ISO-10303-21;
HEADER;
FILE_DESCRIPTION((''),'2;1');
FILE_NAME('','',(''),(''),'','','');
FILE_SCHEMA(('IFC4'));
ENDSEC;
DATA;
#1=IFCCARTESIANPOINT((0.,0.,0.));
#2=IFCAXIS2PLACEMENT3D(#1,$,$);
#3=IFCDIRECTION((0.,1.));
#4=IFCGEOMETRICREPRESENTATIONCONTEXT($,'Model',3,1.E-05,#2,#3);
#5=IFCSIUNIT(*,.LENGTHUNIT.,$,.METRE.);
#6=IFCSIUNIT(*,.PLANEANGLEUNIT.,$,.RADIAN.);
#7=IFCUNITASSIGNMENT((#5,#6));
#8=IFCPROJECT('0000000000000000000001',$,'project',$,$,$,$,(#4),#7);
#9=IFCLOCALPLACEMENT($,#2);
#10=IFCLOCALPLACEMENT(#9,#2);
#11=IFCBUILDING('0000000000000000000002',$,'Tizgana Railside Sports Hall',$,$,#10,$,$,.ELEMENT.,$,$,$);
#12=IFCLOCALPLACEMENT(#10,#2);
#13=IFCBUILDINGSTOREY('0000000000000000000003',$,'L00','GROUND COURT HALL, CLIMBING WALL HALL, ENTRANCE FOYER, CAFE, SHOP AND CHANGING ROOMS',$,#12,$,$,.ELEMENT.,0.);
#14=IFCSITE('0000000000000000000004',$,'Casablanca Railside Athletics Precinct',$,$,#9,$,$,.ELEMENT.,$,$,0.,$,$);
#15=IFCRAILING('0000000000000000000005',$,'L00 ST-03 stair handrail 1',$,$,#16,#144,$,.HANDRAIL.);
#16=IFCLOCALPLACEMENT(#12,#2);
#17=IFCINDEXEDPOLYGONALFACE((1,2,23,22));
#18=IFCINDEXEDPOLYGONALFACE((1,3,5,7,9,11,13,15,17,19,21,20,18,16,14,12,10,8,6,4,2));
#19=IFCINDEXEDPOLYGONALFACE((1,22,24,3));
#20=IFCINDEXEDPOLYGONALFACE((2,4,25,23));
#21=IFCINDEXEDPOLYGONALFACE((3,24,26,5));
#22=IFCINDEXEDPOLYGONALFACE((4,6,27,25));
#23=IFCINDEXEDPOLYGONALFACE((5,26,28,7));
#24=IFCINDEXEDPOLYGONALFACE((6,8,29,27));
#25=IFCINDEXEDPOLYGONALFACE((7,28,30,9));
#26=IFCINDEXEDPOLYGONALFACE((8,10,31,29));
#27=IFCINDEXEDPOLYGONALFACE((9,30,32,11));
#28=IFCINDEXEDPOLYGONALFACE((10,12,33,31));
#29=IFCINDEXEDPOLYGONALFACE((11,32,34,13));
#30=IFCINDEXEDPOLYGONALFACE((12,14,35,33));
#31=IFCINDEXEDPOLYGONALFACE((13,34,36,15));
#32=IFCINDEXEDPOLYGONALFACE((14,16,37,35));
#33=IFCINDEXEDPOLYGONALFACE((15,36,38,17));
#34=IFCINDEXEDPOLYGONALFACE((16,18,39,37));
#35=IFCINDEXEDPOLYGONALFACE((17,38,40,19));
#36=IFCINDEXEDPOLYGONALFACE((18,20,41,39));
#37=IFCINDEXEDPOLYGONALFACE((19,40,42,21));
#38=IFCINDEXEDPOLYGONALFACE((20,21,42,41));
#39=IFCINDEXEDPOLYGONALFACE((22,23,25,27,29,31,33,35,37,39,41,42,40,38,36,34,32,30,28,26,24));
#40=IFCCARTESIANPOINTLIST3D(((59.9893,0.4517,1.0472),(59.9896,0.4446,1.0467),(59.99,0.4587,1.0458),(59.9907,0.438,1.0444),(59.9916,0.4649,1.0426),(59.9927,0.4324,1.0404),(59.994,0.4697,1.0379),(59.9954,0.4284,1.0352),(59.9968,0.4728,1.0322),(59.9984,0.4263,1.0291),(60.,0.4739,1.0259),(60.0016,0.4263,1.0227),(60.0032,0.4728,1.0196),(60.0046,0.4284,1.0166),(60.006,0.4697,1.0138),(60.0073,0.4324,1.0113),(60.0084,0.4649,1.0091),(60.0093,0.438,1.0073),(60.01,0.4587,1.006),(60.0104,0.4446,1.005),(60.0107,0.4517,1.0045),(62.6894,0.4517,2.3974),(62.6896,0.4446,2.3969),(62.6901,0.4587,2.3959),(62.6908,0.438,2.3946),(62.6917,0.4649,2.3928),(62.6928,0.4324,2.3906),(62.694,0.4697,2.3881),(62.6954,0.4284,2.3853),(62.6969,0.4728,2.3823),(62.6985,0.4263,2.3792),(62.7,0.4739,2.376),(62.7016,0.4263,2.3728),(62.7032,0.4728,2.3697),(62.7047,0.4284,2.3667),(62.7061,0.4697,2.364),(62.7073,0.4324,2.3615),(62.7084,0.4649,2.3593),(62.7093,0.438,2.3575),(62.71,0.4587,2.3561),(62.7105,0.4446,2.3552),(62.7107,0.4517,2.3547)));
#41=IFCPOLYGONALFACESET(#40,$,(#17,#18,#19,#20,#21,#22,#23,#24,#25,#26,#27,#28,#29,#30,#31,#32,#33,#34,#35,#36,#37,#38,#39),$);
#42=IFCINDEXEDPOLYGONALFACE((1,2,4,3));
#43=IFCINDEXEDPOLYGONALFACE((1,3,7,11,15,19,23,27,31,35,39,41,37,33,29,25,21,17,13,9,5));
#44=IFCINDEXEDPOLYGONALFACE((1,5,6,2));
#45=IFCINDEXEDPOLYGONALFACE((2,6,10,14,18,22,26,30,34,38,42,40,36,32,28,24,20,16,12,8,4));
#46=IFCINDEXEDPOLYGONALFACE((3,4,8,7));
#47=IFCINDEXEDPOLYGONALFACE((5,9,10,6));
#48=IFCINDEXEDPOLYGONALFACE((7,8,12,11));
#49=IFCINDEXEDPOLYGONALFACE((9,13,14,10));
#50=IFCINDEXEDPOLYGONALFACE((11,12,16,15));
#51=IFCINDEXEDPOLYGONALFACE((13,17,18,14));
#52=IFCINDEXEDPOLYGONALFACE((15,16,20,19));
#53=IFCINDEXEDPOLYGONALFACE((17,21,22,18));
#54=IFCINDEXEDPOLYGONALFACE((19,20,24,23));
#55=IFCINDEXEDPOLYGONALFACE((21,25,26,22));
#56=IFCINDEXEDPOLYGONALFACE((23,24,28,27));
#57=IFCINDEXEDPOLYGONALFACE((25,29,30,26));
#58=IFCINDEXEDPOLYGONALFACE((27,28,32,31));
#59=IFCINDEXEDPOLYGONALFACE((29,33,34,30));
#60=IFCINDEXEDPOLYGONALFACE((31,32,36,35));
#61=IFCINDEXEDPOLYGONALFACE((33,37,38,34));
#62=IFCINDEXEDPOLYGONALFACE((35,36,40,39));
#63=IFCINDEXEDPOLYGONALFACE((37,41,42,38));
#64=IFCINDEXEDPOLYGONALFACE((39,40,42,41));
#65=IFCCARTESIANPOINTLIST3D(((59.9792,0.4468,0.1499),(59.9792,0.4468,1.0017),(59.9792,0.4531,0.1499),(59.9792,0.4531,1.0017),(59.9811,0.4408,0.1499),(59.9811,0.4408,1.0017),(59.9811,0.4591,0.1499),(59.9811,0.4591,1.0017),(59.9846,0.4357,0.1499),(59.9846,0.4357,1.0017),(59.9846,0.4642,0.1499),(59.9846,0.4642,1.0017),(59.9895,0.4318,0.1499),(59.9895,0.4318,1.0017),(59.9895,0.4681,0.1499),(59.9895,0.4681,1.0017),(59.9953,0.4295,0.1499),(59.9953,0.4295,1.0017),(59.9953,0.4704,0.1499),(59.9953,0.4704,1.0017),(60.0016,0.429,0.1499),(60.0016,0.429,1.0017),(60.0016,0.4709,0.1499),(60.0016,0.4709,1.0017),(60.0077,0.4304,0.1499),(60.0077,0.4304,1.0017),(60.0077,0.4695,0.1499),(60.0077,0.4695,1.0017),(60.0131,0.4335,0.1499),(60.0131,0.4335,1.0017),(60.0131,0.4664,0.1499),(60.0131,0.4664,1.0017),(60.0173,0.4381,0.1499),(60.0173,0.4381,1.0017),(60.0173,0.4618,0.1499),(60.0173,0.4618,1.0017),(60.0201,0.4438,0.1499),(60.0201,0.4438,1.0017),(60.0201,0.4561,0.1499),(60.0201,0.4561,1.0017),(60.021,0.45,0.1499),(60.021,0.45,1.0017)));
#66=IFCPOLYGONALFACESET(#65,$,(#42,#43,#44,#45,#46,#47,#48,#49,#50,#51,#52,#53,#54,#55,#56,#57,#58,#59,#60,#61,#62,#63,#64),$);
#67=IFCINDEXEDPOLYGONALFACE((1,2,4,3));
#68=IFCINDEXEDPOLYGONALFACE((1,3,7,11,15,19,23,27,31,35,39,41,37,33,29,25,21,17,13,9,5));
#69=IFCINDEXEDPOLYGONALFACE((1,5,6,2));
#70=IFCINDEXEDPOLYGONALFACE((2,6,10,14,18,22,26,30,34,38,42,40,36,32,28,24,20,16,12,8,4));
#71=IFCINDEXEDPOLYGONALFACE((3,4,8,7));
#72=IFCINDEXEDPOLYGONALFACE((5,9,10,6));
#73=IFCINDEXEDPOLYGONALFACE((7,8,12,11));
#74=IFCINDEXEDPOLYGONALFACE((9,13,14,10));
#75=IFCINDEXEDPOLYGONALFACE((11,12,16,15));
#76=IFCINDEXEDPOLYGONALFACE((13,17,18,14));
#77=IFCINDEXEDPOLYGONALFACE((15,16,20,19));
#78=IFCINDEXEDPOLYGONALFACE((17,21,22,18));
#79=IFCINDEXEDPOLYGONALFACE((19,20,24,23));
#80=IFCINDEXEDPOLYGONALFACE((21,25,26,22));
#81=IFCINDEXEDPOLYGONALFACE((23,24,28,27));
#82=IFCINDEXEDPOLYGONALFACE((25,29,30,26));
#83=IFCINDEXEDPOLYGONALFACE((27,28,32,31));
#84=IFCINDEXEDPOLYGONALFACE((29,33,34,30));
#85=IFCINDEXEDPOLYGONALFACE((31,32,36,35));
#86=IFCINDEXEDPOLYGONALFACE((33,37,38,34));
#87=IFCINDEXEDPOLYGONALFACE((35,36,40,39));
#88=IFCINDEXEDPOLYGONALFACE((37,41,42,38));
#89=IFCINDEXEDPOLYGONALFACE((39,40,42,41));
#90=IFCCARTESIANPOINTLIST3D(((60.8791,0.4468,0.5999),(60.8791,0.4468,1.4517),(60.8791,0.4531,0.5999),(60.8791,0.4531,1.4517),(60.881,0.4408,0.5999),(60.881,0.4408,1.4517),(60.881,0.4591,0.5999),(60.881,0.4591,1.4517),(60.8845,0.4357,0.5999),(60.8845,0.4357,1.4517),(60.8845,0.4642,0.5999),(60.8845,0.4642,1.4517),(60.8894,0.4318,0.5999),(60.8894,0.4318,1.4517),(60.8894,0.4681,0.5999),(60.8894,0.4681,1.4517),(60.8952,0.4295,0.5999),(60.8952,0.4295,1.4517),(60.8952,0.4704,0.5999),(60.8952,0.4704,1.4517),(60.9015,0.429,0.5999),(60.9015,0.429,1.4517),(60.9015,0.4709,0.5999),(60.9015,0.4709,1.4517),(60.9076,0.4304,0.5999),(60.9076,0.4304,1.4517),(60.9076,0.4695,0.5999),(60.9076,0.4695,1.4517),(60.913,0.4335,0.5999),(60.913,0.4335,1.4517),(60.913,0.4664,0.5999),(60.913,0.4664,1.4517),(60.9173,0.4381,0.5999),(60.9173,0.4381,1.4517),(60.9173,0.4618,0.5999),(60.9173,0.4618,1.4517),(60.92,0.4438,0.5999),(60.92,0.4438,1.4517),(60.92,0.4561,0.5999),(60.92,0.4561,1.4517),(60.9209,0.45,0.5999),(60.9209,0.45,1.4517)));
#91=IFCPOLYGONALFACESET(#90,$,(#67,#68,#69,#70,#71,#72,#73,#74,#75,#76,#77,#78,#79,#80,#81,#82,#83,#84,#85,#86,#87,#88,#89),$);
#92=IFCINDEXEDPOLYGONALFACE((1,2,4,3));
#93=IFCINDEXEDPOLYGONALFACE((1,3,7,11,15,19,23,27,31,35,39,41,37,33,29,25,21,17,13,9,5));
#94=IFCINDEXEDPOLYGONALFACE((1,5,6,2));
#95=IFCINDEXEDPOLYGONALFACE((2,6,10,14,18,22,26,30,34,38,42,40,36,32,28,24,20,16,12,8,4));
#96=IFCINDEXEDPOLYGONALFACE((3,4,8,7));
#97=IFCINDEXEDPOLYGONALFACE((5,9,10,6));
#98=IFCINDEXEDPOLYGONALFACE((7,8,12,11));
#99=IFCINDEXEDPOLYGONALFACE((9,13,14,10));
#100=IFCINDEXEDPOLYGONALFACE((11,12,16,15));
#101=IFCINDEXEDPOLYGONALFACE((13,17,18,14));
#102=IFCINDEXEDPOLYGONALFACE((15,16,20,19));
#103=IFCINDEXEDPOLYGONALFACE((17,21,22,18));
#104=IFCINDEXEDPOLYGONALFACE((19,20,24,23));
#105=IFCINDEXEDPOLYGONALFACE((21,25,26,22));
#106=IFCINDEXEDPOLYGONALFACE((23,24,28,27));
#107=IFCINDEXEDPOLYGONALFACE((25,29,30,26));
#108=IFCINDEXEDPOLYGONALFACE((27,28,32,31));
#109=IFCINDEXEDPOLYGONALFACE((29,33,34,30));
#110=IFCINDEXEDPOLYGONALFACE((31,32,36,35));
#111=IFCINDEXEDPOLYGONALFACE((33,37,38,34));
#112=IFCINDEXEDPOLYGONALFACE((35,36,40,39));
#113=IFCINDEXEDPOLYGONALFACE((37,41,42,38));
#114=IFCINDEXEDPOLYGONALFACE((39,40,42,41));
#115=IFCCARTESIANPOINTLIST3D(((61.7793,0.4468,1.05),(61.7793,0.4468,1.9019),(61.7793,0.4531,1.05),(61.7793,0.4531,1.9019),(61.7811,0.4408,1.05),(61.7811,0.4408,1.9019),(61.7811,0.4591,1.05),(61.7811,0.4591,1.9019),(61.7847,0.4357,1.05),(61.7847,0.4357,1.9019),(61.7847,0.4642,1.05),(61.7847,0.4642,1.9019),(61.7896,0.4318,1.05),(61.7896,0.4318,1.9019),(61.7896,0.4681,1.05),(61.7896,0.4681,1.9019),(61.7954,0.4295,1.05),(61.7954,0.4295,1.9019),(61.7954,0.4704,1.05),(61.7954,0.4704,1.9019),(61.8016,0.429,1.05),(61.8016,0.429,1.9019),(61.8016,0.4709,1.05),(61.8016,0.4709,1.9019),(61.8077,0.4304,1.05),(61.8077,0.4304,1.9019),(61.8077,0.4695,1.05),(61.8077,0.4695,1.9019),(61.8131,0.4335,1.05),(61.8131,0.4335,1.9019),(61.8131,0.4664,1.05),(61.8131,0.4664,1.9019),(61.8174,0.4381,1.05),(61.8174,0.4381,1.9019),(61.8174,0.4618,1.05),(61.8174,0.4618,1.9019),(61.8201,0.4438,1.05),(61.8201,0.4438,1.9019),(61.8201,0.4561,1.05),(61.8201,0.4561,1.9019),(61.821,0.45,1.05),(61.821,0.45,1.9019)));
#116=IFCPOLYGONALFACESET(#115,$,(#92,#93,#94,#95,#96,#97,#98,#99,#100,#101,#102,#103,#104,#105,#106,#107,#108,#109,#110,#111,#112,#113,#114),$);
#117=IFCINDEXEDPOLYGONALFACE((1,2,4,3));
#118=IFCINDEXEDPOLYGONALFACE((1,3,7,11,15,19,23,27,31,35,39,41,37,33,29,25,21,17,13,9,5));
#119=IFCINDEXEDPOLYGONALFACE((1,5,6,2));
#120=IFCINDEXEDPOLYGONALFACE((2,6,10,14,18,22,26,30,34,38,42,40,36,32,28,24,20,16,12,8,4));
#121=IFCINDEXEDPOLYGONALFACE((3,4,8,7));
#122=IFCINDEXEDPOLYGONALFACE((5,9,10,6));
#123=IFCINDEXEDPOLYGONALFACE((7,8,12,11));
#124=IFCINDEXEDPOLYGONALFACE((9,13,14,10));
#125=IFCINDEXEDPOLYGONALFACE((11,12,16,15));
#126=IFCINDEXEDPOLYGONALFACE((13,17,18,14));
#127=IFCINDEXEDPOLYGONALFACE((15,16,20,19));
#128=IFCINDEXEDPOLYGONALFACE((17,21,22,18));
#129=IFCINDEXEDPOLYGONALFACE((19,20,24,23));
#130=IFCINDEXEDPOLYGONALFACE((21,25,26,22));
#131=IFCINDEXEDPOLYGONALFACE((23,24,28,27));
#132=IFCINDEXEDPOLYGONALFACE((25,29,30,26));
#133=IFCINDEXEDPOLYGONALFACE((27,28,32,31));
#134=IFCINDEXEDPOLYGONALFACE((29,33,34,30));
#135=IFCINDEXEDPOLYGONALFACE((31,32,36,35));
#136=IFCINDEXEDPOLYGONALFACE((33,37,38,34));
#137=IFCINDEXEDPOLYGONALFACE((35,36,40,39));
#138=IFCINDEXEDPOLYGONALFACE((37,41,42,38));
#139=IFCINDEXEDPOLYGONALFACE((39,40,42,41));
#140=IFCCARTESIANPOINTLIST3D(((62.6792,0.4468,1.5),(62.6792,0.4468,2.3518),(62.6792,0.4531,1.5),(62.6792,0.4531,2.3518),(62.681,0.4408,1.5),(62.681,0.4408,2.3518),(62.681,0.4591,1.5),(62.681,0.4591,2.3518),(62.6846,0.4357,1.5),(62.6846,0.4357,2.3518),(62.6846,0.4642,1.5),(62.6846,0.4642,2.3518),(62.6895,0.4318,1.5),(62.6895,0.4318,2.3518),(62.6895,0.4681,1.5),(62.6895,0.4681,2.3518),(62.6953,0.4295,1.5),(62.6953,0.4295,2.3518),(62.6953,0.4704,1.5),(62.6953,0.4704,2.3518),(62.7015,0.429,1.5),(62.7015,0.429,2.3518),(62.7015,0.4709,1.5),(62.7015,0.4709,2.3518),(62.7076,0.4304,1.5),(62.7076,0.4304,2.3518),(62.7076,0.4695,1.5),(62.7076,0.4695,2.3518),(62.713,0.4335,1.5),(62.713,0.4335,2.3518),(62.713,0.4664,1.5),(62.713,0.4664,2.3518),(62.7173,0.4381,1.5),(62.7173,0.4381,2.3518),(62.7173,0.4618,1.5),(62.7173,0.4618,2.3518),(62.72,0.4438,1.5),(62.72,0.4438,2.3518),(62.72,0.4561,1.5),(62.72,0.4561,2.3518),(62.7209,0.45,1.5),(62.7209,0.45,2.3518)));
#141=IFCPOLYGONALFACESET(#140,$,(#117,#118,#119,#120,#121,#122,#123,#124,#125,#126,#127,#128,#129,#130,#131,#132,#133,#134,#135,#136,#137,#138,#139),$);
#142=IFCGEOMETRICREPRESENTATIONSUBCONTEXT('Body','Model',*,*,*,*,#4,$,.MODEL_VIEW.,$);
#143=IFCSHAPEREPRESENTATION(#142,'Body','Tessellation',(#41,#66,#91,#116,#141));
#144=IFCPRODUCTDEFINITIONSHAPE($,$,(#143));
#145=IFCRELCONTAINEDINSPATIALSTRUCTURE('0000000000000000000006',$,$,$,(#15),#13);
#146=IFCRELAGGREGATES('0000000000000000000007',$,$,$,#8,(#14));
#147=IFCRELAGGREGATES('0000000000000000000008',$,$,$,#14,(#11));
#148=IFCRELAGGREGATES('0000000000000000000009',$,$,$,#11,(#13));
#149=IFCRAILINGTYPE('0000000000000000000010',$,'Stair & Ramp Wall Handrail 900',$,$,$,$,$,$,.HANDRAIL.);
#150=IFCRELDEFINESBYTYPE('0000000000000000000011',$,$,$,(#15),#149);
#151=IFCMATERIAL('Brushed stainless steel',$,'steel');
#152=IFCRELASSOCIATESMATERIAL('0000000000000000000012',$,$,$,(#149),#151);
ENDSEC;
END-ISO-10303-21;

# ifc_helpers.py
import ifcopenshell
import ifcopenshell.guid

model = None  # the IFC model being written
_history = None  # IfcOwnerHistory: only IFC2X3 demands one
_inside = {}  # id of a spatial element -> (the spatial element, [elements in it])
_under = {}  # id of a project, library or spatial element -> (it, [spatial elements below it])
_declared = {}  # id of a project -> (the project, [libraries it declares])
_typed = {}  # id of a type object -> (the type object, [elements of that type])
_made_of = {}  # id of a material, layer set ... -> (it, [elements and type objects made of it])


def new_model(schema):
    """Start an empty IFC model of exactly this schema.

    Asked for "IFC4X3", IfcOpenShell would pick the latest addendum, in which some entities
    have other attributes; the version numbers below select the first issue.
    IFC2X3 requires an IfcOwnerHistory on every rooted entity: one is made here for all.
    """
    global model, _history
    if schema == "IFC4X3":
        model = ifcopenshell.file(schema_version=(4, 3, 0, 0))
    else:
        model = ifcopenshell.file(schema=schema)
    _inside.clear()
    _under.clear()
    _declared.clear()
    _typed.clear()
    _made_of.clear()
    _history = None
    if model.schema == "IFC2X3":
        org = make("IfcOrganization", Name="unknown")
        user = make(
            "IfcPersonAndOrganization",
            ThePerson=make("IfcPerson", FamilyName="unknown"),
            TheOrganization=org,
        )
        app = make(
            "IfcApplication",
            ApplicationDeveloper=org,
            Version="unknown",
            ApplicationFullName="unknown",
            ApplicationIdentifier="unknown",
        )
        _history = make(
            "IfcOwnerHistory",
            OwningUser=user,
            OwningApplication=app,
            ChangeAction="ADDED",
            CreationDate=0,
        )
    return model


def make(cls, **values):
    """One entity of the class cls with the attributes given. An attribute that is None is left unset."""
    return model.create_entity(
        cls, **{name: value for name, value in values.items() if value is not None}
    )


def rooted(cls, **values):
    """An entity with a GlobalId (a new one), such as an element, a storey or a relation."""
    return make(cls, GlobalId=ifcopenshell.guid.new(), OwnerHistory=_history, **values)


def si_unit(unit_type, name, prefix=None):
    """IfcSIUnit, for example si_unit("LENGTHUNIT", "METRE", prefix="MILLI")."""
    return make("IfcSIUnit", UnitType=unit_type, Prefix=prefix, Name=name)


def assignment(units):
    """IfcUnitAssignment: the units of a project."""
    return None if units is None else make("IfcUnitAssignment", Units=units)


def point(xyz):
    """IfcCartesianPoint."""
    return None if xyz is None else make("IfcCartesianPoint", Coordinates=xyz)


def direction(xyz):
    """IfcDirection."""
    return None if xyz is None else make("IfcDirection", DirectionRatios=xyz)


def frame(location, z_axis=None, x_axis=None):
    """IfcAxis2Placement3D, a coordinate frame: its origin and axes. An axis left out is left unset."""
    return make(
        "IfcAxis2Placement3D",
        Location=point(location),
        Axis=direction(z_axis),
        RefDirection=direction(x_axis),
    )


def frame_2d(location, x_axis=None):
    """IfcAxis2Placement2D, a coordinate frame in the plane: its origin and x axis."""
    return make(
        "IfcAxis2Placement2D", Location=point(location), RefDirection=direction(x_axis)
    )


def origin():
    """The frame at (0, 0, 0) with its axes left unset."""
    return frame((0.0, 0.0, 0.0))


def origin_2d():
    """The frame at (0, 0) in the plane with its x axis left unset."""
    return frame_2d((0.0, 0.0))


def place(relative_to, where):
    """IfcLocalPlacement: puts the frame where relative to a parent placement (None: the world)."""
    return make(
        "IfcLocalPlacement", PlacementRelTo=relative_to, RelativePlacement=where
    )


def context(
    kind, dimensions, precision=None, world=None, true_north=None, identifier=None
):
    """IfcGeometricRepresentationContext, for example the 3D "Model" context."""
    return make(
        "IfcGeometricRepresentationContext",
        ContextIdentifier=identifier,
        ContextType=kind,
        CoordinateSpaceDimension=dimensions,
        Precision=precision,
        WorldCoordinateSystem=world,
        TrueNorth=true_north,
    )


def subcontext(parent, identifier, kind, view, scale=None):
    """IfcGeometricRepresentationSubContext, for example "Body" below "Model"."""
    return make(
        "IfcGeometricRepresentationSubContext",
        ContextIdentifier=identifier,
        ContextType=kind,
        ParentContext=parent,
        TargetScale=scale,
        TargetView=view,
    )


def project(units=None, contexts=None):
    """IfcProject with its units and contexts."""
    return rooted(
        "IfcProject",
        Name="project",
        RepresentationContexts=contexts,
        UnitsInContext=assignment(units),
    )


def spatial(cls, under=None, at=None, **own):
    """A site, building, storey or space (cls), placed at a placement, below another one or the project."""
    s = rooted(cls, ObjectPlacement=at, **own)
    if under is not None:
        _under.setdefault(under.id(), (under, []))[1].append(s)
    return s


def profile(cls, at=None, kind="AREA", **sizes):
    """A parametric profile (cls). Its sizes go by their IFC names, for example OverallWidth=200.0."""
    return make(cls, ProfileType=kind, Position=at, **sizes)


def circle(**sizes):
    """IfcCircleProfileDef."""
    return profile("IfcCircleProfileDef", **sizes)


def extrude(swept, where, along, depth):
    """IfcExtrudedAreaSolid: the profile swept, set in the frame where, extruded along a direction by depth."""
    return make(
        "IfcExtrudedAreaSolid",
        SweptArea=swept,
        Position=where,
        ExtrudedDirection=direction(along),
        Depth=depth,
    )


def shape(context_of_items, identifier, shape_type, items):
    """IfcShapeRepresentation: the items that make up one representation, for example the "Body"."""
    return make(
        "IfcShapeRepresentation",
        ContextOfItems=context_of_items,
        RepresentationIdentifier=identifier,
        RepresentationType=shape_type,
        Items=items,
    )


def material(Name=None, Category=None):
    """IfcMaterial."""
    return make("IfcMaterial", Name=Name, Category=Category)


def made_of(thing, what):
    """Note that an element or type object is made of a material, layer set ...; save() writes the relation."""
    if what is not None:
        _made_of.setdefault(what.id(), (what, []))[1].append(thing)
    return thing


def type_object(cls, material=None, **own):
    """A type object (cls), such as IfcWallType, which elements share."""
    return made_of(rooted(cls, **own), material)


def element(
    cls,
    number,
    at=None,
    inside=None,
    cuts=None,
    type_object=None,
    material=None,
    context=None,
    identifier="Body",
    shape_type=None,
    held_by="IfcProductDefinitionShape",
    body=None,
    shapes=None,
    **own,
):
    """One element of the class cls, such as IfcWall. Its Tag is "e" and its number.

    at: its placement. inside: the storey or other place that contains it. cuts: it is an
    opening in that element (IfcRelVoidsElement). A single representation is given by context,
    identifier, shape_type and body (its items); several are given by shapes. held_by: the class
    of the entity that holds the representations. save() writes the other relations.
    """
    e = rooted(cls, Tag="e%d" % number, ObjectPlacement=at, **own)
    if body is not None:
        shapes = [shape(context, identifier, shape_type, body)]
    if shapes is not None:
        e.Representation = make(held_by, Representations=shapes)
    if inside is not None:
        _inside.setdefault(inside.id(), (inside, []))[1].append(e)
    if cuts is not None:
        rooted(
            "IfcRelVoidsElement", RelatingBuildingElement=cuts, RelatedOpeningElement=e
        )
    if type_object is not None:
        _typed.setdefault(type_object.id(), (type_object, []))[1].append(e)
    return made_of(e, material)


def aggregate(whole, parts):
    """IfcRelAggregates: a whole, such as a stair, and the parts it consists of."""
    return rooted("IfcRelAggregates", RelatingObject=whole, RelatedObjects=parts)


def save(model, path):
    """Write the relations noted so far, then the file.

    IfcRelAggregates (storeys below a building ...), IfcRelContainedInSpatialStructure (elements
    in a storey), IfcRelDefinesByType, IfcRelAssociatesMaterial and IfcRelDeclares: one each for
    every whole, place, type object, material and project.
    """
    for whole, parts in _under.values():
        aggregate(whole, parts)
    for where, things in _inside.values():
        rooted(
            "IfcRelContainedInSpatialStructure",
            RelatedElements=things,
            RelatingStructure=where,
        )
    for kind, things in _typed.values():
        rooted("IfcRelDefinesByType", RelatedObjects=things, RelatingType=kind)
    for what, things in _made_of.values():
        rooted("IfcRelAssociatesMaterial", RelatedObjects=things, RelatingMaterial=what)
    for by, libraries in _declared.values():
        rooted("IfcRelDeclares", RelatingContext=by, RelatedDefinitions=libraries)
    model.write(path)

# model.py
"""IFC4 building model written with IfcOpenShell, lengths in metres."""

from ifc_helpers import new_model, si_unit, direction, frame, origin, origin_2d, place, context, subcontext, project, spatial, circle, extrude, material, type_object, element, save


model = new_model("IFC4")

# Units and contexts
model_context = context("Model", 3, precision=1e-05, world=origin(), true_north=direction((0.0, 1.0)))
body_context = subcontext(model_context, "Body", "Model", "MODEL_VIEW")
ifc_project = project(units=[si_unit("LENGTHUNIT", "METRE"), si_unit("PLANEANGLEUNIT", "RADIAN")], contexts=[model_context])

# Site, building, storey
site_placement = place(None, origin())
site = spatial("IfcSite", under=ifc_project, at=site_placement, Name="Casablanca Railside Athletics Precinct", CompositionType="ELEMENT", RefElevation=0.0)
building_placement = place(site_placement, origin())
building = spatial("IfcBuilding", under=site, at=building_placement, Name="Tizgana Railside Sports Hall", CompositionType="ELEMENT")
storey_placement = place(building_placement, origin())
storey = spatial("IfcBuildingStorey", under=building, at=storey_placement, Name="L00", Description="GROUND COURT HALL, CLIMBING WALL HALL, ENTRANCE FOYER, CAFE, SHOP AND CHANGING ROOMS", CompositionType="ELEMENT", Elevation=0.0)

# Railing
ifc_material_1 = material(Name="Brushed stainless steel", Category="steel")
railing_type_1 = type_object("IfcRailingType", Name="Stair & Ramp Wall Handrail 900", PredefinedType="HANDRAIL", material=ifc_material_1)
railing_1_placement = place(storey_placement, frame((60.0, 0.45, 0.1499)))
element("IfcRailing", 1, at=railing_1_placement, inside=storey, type_object=railing_type_1, Name="L00 ST-03 stair handrail 1", PredefinedType="HANDRAIL", context=body_context, shape_type="SweptSolid", body=[
    extrude(circle(Radius=0.0239, at=origin_2d()), frame((0.0, 0.0, 0.876), z_axis=(0.894411, 0.0, 0.447246), x_axis=(0.0, 1.0, 0.0)), (0.0, 0.0, 1.0), 3.0188),
    extrude(circle(Radius=0.021, at=origin_2d()), origin(), (0.0, 0.0, 1.0), 0.8518),
    extrude(circle(Radius=0.021, at=origin_2d()), frame((0.8999, 0.0, 0.45)), (0.0, 0.0, 1.0), 0.8518),
    extrude(circle(Radius=0.021, at=origin_2d()), frame((1.8, 0.0, 0.9001)), (0.0, 0.0, 1.0), 0.8518),
    extrude(circle(Radius=0.021, at=origin_2d()), frame((2.7, 0.0, 1.3501)), (0.0, 0.0, 1.0), 0.8518),
])

save(model, "model.ifc")
